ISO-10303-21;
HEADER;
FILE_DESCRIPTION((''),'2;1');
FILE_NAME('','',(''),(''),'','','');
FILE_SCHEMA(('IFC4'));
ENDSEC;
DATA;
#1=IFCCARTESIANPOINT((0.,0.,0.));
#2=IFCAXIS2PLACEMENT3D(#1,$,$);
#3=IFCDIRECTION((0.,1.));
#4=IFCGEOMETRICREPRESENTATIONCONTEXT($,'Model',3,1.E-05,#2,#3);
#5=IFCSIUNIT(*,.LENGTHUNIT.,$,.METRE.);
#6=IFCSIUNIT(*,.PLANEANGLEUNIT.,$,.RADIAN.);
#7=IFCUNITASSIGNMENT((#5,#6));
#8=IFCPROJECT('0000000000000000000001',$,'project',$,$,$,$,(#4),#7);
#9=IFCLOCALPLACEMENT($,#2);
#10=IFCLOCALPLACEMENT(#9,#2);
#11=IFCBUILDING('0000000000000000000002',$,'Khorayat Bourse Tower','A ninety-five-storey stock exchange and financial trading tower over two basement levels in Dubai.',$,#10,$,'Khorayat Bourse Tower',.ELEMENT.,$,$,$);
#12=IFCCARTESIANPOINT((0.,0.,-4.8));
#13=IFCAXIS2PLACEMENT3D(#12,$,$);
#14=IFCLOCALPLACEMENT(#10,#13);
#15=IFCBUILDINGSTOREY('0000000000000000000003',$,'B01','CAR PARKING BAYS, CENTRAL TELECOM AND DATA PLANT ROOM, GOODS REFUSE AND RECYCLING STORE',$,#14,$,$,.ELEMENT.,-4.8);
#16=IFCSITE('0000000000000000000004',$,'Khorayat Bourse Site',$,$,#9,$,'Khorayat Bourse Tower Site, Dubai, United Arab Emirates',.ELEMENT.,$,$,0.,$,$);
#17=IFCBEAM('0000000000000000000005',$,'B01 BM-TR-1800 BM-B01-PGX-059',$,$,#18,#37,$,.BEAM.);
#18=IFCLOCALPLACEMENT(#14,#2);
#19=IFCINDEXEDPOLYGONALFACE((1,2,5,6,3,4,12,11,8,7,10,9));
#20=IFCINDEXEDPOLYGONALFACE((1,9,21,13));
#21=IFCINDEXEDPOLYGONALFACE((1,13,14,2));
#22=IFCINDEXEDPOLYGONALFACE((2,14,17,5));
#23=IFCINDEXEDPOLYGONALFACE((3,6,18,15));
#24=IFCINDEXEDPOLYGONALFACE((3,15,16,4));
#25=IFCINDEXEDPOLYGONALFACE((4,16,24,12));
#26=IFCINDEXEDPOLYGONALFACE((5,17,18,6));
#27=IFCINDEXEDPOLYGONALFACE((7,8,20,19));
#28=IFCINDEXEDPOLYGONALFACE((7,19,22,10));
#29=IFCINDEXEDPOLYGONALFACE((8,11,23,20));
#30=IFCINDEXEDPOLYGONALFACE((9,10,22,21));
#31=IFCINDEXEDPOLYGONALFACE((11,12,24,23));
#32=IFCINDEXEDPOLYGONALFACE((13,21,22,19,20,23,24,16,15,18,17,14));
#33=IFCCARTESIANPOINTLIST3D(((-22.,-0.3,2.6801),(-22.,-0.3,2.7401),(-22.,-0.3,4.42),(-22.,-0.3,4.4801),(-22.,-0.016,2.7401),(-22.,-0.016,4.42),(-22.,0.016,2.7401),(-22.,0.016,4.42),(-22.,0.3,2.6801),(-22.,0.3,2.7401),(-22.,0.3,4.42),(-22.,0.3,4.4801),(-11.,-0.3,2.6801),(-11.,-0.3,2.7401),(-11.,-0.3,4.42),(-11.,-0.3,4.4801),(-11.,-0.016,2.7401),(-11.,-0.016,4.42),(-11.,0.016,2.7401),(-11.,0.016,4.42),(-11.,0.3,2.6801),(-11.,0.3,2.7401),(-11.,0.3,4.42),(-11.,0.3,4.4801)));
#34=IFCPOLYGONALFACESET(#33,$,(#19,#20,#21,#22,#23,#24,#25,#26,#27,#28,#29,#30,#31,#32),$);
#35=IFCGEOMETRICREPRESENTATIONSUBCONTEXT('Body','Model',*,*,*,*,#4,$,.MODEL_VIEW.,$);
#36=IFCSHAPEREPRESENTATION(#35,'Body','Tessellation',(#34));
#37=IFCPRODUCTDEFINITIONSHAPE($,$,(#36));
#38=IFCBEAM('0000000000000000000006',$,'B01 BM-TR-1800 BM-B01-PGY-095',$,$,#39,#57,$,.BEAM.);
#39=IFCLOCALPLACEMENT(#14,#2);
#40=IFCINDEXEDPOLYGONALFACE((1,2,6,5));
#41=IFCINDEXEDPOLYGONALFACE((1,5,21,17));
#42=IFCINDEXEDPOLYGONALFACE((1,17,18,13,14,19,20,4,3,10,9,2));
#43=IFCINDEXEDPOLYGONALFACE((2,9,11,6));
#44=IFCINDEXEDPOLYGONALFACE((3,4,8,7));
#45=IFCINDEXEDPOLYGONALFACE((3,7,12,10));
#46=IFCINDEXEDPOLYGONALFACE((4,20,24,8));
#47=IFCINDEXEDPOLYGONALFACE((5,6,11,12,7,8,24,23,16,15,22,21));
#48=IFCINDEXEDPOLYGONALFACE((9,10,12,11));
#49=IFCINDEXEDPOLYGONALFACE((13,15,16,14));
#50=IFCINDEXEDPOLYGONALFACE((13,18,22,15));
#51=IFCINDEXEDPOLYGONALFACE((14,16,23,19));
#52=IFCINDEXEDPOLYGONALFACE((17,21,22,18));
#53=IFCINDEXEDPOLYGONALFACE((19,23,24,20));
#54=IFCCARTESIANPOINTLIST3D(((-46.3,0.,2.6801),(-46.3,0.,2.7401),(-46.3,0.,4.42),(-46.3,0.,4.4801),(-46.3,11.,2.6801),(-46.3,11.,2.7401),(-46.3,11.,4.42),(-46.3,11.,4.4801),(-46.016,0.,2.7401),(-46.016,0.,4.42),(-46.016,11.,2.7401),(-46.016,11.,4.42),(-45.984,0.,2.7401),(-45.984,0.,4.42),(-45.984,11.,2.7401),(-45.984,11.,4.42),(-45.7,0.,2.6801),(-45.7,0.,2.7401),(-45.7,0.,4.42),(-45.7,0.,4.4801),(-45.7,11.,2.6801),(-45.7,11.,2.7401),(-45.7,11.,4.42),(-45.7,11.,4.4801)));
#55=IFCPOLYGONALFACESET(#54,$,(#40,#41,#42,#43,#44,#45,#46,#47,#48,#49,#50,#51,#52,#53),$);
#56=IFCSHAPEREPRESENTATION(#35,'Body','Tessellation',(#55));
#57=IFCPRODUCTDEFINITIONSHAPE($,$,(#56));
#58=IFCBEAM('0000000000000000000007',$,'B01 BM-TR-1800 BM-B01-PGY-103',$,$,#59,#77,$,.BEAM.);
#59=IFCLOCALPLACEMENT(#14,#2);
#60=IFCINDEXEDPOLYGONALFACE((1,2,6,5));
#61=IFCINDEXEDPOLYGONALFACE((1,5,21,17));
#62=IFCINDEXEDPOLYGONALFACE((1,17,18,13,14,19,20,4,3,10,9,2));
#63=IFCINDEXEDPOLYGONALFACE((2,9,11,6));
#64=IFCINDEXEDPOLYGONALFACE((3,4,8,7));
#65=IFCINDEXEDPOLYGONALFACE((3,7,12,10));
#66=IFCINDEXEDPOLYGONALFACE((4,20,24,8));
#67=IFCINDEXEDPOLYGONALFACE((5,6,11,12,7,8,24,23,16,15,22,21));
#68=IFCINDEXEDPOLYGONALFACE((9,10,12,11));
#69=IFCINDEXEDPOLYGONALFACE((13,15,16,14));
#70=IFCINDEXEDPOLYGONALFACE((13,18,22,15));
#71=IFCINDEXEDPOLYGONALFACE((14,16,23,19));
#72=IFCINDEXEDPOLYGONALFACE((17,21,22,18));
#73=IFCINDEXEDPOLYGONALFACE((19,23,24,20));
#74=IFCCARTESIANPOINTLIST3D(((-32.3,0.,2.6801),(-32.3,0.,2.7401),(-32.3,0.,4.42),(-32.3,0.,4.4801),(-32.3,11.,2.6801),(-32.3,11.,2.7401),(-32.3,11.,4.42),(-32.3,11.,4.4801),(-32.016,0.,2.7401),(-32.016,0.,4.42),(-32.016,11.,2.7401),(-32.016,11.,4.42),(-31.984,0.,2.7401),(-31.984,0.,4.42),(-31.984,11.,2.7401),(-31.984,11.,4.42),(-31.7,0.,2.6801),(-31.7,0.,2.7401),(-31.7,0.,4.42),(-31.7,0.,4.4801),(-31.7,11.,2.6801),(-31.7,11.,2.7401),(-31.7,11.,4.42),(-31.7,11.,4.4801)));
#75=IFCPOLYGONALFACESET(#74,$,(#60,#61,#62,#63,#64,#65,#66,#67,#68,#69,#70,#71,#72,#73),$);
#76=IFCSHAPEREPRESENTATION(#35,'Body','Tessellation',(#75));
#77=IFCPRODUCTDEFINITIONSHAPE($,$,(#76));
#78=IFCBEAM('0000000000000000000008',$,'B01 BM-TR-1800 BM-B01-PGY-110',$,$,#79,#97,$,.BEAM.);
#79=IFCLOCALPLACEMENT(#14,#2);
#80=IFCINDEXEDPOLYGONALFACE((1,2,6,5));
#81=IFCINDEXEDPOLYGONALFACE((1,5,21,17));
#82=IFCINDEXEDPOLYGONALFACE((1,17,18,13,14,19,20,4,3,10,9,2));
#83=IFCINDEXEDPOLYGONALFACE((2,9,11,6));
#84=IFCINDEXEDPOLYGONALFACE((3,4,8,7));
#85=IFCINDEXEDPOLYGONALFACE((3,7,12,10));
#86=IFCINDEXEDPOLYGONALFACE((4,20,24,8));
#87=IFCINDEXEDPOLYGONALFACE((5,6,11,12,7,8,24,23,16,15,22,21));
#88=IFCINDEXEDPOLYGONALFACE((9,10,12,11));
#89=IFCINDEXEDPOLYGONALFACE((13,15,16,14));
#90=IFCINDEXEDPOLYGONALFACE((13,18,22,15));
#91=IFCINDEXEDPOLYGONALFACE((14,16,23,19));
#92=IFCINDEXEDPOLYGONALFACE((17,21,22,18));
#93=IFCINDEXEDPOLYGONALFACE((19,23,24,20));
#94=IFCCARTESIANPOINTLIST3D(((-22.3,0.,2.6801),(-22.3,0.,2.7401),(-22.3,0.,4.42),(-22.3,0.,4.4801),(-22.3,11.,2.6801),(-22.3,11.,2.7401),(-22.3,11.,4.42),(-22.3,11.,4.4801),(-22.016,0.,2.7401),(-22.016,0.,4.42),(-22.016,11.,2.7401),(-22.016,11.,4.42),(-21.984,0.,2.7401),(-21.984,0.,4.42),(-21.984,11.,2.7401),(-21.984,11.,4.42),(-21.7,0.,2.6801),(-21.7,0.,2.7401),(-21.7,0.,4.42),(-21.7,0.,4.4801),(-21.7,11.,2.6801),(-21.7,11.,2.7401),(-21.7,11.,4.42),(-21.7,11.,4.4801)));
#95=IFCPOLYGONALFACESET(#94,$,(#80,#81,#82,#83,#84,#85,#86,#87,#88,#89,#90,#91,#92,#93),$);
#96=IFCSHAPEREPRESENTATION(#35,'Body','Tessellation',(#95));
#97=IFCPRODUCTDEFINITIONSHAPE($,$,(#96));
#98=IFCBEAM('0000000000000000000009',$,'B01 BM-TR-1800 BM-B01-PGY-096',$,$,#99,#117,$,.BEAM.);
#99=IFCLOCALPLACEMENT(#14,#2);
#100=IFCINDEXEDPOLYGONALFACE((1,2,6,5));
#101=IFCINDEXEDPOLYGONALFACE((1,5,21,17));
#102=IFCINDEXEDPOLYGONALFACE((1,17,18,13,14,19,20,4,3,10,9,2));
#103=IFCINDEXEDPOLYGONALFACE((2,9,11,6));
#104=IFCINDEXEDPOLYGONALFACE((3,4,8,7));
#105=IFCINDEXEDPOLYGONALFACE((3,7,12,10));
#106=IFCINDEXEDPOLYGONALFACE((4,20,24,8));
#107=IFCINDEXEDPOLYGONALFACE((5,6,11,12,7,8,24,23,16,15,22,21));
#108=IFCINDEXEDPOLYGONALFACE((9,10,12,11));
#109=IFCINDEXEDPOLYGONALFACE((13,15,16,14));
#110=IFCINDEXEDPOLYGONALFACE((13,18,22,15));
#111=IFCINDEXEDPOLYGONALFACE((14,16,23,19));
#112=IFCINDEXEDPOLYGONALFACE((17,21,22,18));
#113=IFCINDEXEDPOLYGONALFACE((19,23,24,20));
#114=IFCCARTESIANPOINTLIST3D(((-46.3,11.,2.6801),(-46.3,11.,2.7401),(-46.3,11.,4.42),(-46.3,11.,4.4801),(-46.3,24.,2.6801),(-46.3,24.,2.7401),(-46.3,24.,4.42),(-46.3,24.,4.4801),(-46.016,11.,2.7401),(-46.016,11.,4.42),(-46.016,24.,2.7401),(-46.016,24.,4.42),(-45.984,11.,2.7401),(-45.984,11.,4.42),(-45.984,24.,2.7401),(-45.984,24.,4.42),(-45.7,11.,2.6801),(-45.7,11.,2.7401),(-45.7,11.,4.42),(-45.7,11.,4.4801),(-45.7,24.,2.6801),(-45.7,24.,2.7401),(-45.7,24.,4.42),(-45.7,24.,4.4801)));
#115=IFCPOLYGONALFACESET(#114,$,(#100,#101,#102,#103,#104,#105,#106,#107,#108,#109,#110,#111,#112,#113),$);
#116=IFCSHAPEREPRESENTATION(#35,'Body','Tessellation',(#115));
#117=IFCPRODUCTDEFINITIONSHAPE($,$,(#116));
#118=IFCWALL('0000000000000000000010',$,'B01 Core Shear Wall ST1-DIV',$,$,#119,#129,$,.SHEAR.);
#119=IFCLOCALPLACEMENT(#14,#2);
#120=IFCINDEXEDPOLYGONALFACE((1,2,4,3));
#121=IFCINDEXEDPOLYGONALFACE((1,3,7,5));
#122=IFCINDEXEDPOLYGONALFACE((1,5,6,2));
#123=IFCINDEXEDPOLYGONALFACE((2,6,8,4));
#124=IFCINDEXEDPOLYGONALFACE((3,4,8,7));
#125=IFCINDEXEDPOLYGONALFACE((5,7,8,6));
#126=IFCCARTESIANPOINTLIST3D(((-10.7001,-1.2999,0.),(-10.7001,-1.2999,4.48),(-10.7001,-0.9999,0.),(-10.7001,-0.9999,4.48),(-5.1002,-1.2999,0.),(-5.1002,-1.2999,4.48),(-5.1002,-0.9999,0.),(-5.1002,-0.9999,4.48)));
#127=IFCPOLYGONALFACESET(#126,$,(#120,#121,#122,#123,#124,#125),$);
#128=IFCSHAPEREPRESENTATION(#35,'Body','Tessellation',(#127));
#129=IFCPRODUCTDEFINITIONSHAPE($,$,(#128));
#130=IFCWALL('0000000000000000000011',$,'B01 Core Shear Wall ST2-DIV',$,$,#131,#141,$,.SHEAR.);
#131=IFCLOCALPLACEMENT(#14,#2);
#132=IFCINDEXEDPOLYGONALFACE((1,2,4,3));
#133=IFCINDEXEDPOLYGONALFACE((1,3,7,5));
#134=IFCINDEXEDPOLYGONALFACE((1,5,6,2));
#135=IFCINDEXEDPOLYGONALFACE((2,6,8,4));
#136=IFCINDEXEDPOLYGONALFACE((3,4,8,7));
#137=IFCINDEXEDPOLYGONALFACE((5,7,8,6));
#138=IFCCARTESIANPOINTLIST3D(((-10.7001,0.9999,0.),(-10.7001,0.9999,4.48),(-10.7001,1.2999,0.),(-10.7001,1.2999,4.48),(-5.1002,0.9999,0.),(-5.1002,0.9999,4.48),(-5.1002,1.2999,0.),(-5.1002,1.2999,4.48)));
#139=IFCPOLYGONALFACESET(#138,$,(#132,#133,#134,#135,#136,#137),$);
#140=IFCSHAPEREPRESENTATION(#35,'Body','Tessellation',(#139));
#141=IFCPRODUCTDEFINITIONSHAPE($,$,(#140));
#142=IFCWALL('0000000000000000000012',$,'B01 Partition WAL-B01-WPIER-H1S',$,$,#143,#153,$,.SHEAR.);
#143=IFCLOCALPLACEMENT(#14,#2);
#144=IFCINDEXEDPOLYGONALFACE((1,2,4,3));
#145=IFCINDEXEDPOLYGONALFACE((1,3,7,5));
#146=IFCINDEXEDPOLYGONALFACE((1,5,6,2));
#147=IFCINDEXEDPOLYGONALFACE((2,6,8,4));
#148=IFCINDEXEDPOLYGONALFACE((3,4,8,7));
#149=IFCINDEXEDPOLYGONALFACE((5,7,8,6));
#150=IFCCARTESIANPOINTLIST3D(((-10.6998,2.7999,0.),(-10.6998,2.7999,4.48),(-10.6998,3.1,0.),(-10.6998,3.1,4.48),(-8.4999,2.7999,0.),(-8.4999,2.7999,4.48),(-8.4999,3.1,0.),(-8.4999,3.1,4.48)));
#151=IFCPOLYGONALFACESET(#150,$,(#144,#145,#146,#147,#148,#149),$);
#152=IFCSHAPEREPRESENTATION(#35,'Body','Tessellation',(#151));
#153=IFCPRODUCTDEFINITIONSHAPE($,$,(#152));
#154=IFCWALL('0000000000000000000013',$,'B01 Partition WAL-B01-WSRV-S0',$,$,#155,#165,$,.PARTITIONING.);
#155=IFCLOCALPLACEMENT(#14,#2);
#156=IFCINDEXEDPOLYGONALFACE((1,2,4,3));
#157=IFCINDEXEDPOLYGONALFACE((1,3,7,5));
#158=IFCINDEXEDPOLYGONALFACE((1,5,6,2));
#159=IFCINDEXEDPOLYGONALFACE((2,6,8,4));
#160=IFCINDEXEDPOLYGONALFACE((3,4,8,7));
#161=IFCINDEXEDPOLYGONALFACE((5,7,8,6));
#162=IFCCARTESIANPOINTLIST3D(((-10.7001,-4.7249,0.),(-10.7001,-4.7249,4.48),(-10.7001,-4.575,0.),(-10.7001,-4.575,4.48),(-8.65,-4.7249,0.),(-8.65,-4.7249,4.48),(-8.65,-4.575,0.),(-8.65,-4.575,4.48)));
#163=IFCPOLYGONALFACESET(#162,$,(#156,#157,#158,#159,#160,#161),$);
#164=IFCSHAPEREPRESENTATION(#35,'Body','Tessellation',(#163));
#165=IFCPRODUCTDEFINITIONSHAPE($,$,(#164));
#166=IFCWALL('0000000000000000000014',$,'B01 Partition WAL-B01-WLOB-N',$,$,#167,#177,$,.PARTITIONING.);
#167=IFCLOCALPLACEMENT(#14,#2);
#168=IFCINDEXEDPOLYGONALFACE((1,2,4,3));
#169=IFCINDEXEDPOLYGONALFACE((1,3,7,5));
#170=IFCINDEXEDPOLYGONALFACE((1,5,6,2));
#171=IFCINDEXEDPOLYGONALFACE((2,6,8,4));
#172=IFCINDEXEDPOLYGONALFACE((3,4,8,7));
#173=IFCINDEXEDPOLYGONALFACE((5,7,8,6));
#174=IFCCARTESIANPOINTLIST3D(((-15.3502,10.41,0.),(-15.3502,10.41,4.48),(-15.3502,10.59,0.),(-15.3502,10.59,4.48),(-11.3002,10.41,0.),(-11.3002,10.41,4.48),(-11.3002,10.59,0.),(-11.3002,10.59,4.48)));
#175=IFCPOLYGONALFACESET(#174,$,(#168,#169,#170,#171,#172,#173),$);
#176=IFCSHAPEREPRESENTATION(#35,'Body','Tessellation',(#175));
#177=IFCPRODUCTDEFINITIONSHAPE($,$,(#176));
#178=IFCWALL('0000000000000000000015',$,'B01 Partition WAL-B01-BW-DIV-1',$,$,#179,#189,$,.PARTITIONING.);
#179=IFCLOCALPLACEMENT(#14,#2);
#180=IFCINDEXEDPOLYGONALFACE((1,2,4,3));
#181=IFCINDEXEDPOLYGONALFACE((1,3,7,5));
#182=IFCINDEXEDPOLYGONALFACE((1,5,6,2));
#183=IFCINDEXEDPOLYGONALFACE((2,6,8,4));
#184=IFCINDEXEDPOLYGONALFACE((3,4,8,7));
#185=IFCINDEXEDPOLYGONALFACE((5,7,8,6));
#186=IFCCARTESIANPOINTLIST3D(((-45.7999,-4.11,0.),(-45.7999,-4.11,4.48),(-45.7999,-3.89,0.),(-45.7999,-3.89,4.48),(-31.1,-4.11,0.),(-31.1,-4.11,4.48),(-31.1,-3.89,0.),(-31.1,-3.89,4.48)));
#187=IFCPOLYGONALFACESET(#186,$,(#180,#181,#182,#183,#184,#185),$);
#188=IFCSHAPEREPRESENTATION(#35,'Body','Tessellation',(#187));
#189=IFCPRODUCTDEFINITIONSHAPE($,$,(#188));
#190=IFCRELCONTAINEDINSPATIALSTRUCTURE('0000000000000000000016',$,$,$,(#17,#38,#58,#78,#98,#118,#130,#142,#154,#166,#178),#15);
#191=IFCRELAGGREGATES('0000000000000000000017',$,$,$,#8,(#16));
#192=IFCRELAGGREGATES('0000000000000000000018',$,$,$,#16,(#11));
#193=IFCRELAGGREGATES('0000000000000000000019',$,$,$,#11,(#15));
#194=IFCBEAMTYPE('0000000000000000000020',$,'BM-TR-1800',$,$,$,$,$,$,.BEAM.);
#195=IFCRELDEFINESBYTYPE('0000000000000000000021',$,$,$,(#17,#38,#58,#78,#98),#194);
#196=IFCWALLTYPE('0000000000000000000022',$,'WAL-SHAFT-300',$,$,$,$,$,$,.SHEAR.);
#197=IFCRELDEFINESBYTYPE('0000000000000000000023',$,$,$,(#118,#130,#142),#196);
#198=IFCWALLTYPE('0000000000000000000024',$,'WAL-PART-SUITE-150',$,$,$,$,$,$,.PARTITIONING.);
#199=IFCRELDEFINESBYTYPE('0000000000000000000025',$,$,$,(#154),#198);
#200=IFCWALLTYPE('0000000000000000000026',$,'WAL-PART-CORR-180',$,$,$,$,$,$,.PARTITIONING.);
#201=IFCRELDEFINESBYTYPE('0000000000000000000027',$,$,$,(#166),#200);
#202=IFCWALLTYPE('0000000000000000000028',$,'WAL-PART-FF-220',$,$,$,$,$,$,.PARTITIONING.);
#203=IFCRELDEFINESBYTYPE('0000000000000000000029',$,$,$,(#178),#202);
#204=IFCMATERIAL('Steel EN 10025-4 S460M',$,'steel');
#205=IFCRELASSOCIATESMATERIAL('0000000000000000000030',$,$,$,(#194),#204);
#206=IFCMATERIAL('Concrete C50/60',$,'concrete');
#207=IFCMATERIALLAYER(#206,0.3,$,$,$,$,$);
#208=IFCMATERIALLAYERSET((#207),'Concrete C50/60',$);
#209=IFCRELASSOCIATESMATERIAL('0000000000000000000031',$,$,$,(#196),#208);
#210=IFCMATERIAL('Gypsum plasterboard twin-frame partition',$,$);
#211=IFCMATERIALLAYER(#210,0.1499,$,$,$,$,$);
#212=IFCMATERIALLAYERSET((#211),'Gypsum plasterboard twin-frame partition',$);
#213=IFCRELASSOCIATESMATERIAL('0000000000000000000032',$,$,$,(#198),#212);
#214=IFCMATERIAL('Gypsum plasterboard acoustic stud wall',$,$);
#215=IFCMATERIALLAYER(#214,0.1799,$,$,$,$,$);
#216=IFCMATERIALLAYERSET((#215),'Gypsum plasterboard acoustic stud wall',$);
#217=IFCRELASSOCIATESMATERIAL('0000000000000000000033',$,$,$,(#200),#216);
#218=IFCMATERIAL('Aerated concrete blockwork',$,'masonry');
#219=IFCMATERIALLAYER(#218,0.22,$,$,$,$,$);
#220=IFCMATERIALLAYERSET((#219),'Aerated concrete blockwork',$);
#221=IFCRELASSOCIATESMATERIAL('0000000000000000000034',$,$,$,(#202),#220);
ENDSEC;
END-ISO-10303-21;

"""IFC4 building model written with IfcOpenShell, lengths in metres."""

from ifc_helpers import new_model, si_unit, direction, frame, frame_2d, origin, origin_2d, place, context, subcontext, project, spatial, rectangle, i_section, extrude, source, transform, mapped, material, layer, layer_set, material_profile, profile_set, type_object, element, save


model = new_model("IFC4")

# Units and contexts
model_context = context("Model", 3, precision=1e-05, world=origin(), true_north=direction((0.0, 1.0)))
body_context = subcontext(model_context, "Body", "Model", "MODEL_VIEW")
ifc_project = project(units=[si_unit("LENGTHUNIT", "METRE"), si_unit("PLANEANGLEUNIT", "RADIAN")], contexts=[model_context])

# Site, building, storey
site_placement = place(None, origin())
site = spatial("IfcSite", under=ifc_project, at=site_placement, Name="Khorayat Bourse Site", LongName="Khorayat Bourse Tower Site, Dubai, United Arab Emirates", CompositionType="ELEMENT", RefElevation=0.0)
building_placement = place(site_placement, origin())
building = spatial("IfcBuilding", under=site, at=building_placement, Name="Khorayat Bourse Tower", Description="A ninety-five-storey stock exchange and financial trading tower over two basement levels in Dubai.", LongName="Khorayat Bourse Tower", CompositionType="ELEMENT")
storey_placement = place(building_placement, frame((0.0, 0.0, -4.8)))
storey = spatial("IfcBuildingStorey", under=building, at=storey_placement, Name="B01", Description="CAR PARKING BAYS, CENTRAL TELECOM AND DATA PLANT ROOM, GOODS REFUSE AND RECYCLING STORE", CompositionType="ELEMENT", Elevation=-4.8)

# Beams
ifc_material_1 = material(Name="Steel EN 10025-4 S460M", Category="steel")
ifc_material_profile_1 = material_profile(ifc_material_1, i_section(OverallWidth=0.6001, OverallDepth=1.8, WebThickness=0.032, FlangeThickness=0.0601, at=origin_2d()), Name="PG 1800x600x32x60")
ifc_profile_set_1 = profile_set([ifc_material_profile_1], Name="Steel EN 10025-4 S460M")
beam_type_1 = type_object("IfcBeamType", Name="BM-TR-1800", PredefinedType="BEAM", material=ifc_profile_set_1)
shared_shape_1 = source(origin(), body_context, "Body", "SweptSolid", [
    extrude(i_section(OverallWidth=0.6001, OverallDepth=1.8, WebThickness=0.032, FlangeThickness=0.0601, at=origin_2d()), origin(), (0.0, 0.0, 1.0), 11.0),
])
for number, where, z_axis, x_axis, name in (
    (1, (-22.0, 0.0, 3.5801), (1.0, 0.0, 0.0), (0.0, 1.0, 0.0), "B01 BM-TR-1800 BM-B01-PGX-059"),
    (2, (-46.0, 0.0, 3.5801), (0.0, 1.0, 0.0), (-1.0, 0.0, 0.0), "B01 BM-TR-1800 BM-B01-PGY-095"),
    (3, (-32.0, 0.0, 3.5801), (0.0, 1.0, 0.0), (-1.0, 0.0, 0.0), "B01 BM-TR-1800 BM-B01-PGY-103"),
    (4, (-22.0, 0.0, 3.5801), (0.0, 1.0, 0.0), (-1.0, 0.0, 0.0), "B01 BM-TR-1800 BM-B01-PGY-110"),
):
    element("IfcBeam", number, at=place(storey_placement, frame(where, z_axis=z_axis, x_axis=x_axis)), inside=storey, type_object=beam_type_1, Name=name, PredefinedType="BEAM", context=body_context, shape_type="MappedRepresentation", body=[
        mapped(shared_shape_1, transform((0.0, 0.0, 0.0), scale=1.0)),
    ])
shared_shape_2 = source(origin(), body_context, "Body", "SweptSolid", [
    extrude(i_section(OverallWidth=0.6001, OverallDepth=1.8, WebThickness=0.032, FlangeThickness=0.0601, at=origin_2d()), origin(), (0.0, 0.0, 1.0), 13.0),
])
beam_1_placement = place(storey_placement, frame((-46.0, 11.0, 3.5801), z_axis=(0.0, 1.0, 0.0), x_axis=(-1.0, 0.0, 0.0)))
element("IfcBeam", 5, at=beam_1_placement, inside=storey, type_object=beam_type_1, Name="B01 BM-TR-1800 BM-B01-PGY-096", PredefinedType="BEAM", context=body_context, shape_type="MappedRepresentation", body=[
    mapped(shared_shape_2, transform((0.0, 0.0, 0.0), scale=1.0)),
])

# Walls
ifc_material_2 = material(Name="Concrete C50/60", Category="concrete")
ifc_layer_1 = layer(ifc_material_2, 0.3)
ifc_layer_set_1 = layer_set([ifc_layer_1], Name="Concrete C50/60")
wall_type_1 = type_object("IfcWallType", Name="WAL-SHAFT-300", PredefinedType="SHEAR", material=ifc_layer_set_1)
shared_shape_3 = source(origin(), body_context, "Body", "SweptSolid", [
    extrude(rectangle(XDim=5.5999, YDim=0.3, at=frame_2d((2.7998, 0.0))), origin(), (0.0, 0.0, 1.0), 4.48),
])
for number, where, z_axis, x_axis, name in (
    (6, (-10.7, -1.1499, 0.0), (0.0, 0.0, 1.0), (1.0, 0.0, 0.0), "B01 Core Shear Wall ST1-DIV"),
    (7, (-10.7, 1.1499, 0.0), (0.0, 0.0, 1.0), (1.0, 0.0, 0.0), "B01 Core Shear Wall ST2-DIV"),
):
    element("IfcWall", number, at=place(storey_placement, frame(where, z_axis=z_axis, x_axis=x_axis)), inside=storey, type_object=wall_type_1, Name=name, PredefinedType="SHEAR", context=body_context, shape_type="MappedRepresentation", body=[
        mapped(shared_shape_3, transform((0.0, 0.0, 0.0), scale=1.0)),
    ])
shared_shape_4 = source(origin(), body_context, "Body", "SweptSolid", [
    extrude(rectangle(XDim=2.2, YDim=0.3, at=frame_2d((1.1001, 0.0))), origin(), (0.0, 0.0, 1.0), 4.48),
])
wall_1_placement = place(storey_placement, frame((-10.7, 2.95, 0.0), z_axis=(0.0, 0.0, 1.0), x_axis=(1.0, 0.0, 0.0)))
element("IfcWall", 8, at=wall_1_placement, inside=storey, type_object=wall_type_1, Name="B01 Partition WAL-B01-WPIER-H1S", PredefinedType="SHEAR", context=body_context, shape_type="MappedRepresentation", body=[
    mapped(shared_shape_4, transform((0.0, 0.0, 0.0), scale=1.0)),
])
ifc_material_3 = material(Name="Gypsum plasterboard twin-frame partition")
ifc_layer_2 = layer(ifc_material_3, 0.1499)
ifc_layer_set_2 = layer_set([ifc_layer_2], Name="Gypsum plasterboard twin-frame partition")
wall_type_2 = type_object("IfcWallType", Name="WAL-PART-SUITE-150", PredefinedType="PARTITIONING", material=ifc_layer_set_2)
shared_shape_5 = source(origin(), body_context, "Body", "SweptSolid", [
    extrude(rectangle(XDim=2.05, YDim=0.1499, at=frame_2d((1.0249, 0.0))), origin(), (0.0, 0.0, 1.0), 4.48),
])
wall_2_placement = place(storey_placement, frame((-10.7, -4.6499, 0.0), z_axis=(0.0, 0.0, 1.0), x_axis=(1.0, 0.0, 0.0)))
element("IfcWall", 9, at=wall_2_placement, inside=storey, type_object=wall_type_2, Name="B01 Partition WAL-B01-WSRV-S0", PredefinedType="PARTITIONING", context=body_context, shape_type="MappedRepresentation", body=[
    mapped(shared_shape_5, transform((0.0, 0.0, 0.0), scale=1.0)),
])
ifc_material_4 = material(Name="Gypsum plasterboard acoustic stud wall")
ifc_layer_3 = layer(ifc_material_4, 0.1799)
ifc_layer_set_3 = layer_set([ifc_layer_3], Name="Gypsum plasterboard acoustic stud wall")
wall_type_3 = type_object("IfcWallType", Name="WAL-PART-CORR-180", PredefinedType="PARTITIONING", material=ifc_layer_set_3)
shared_shape_6 = source(origin(), body_context, "Body", "SweptSolid", [
    extrude(rectangle(XDim=4.05, YDim=0.1799, at=frame_2d((2.0249, 0.0))), origin(), (0.0, 0.0, 1.0), 4.48),
])
wall_3_placement = place(storey_placement, frame((-15.3501, 10.5, 0.0), z_axis=(0.0, 0.0, 1.0), x_axis=(1.0, 0.0, 0.0)))
element("IfcWall", 10, at=wall_3_placement, inside=storey, type_object=wall_type_3, Name="B01 Partition WAL-B01-WLOB-N", PredefinedType="PARTITIONING", context=body_context, shape_type="MappedRepresentation", body=[
    mapped(shared_shape_6, transform((0.0, 0.0, 0.0), scale=1.0)),
])
ifc_material_5 = material(Name="Aerated concrete blockwork", Category="masonry")
ifc_layer_4 = layer(ifc_material_5, 0.22)
ifc_layer_set_4 = layer_set([ifc_layer_4], Name="Aerated concrete blockwork")
wall_type_4 = type_object("IfcWallType", Name="WAL-PART-FF-220", PredefinedType="PARTITIONING", material=ifc_layer_set_4)
shared_shape_7 = source(origin(), body_context, "Body", "SweptSolid", [
    extrude(rectangle(XDim=14.7, YDim=0.22, at=frame_2d((7.3501, 0.0))), origin(), (0.0, 0.0, 1.0), 4.48),
])
for number, where, z_axis, x_axis, name in (
    (11, (-45.8, -4.0, 0.0), (0.0, 0.0, 1.0), (1.0, 0.0, 0.0), "B01 Partition WAL-B01-BW-DIV-1"),
):
    element("IfcWall", number, at=place(storey_placement, frame(where, z_axis=z_axis, x_axis=x_axis)), inside=storey, type_object=wall_type_4, Name=name, PredefinedType="PARTITIONING", context=body_context, shape_type="MappedRepresentation", body=[
        mapped(shared_shape_7, transform((0.0, 0.0, 0.0), scale=1.0)),
    ])

save(model, "model.ifc")
